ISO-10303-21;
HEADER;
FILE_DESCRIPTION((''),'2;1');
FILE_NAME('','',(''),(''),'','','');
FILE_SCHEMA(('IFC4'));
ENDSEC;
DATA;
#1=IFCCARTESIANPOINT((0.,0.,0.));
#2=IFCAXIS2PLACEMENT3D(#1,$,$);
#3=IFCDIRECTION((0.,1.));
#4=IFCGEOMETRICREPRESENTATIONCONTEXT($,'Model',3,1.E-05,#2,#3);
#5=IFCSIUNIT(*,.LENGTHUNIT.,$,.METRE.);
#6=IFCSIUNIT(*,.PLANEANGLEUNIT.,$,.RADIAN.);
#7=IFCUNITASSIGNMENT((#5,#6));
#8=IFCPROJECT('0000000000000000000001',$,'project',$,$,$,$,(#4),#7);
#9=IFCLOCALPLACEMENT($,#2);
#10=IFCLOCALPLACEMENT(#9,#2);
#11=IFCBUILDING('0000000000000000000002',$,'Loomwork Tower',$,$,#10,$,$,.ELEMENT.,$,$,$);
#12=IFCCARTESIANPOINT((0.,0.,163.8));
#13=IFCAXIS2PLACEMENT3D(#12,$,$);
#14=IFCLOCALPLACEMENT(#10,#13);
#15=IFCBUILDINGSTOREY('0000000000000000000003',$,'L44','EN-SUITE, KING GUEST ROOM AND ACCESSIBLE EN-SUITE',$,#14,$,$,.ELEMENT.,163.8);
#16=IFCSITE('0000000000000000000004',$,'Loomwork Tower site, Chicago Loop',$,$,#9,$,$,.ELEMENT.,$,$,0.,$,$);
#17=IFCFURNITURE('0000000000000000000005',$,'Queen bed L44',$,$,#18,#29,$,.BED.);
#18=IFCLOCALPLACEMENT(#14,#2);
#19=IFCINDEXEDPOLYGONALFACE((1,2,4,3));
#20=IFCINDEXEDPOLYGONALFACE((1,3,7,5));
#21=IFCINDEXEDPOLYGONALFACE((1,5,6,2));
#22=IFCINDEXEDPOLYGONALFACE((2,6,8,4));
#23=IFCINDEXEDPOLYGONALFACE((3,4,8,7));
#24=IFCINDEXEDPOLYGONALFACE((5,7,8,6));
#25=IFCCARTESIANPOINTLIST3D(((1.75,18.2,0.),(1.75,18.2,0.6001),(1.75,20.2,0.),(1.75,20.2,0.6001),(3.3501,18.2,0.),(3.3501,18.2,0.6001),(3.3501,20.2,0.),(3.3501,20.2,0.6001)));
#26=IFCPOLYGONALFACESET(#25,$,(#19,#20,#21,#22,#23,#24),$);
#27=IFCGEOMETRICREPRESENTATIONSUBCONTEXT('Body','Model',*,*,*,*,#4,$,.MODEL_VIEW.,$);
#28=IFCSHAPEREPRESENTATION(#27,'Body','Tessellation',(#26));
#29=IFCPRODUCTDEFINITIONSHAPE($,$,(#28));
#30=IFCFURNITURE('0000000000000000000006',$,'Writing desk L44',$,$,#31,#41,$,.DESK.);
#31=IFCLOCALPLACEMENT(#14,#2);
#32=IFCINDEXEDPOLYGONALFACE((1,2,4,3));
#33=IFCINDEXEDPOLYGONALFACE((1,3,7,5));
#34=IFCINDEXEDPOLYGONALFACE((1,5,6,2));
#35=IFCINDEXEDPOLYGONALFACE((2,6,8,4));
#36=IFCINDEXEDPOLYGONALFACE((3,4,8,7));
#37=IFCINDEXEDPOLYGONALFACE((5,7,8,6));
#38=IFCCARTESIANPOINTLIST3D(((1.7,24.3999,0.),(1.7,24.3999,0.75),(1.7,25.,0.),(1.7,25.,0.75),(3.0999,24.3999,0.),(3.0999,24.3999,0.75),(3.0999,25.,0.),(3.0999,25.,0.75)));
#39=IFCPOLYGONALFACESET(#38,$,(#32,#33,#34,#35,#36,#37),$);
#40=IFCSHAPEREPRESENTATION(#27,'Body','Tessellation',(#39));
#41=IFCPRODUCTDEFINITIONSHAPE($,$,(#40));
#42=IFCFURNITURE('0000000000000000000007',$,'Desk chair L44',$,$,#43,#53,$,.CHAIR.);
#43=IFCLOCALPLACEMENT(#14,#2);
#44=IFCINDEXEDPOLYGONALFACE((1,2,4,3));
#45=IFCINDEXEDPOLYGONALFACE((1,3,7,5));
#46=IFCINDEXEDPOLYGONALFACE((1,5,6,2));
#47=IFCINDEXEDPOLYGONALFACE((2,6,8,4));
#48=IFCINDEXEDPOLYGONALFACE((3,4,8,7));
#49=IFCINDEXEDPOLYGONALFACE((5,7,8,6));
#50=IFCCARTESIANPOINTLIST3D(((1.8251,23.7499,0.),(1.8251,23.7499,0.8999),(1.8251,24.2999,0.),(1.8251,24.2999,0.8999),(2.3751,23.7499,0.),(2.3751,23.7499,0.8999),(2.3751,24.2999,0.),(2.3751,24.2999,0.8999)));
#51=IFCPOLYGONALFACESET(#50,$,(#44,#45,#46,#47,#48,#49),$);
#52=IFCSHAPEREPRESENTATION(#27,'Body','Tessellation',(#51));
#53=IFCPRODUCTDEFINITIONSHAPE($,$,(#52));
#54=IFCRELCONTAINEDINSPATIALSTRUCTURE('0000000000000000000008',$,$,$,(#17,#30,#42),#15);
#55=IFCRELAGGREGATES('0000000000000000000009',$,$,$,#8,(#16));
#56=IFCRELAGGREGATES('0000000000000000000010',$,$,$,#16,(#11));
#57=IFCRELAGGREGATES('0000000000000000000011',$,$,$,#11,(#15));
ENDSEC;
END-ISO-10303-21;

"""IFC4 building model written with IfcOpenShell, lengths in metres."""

from ifc_helpers import new_model, si_unit, direction, frame, origin, origin_2d, place, context, subcontext, project, spatial, rectangle, extrude, element, save


model = new_model("IFC4")

# Units and contexts
model_context = context("Model", 3, precision=1e-05, world=origin(), true_north=direction((0.0, 1.0)))
body_context = subcontext(model_context, "Body", "Model", "MODEL_VIEW")
ifc_project = project(units=[si_unit("LENGTHUNIT", "METRE"), si_unit("PLANEANGLEUNIT", "RADIAN")], contexts=[model_context])

# Site, building, storey
site_placement = place(None, origin())
site = spatial("IfcSite", under=ifc_project, at=site_placement, Name="Loomwork Tower site, Chicago Loop", CompositionType="ELEMENT", RefElevation=0.0)
building_placement = place(site_placement, origin())
building = spatial("IfcBuilding", under=site, at=building_placement, Name="Loomwork Tower", CompositionType="ELEMENT")
storey_placement = place(building_placement, frame((0.0, 0.0, 163.8)))
storey = spatial("IfcBuildingStorey", under=building, at=storey_placement, Name="L44", Description="EN-SUITE, KING GUEST ROOM AND ACCESSIBLE EN-SUITE", CompositionType="ELEMENT", Elevation=163.8)

# Furniture
for number, where, z_axis, x_axis, name in (
    (1, (2.55, 19.2, 0.0), (0.0, 0.0, 1.0), (1.0, 0.0, 0.0), "Queen bed L44"),
):
    element("IfcFurniture", number, at=place(storey_placement, frame(where, z_axis=z_axis, x_axis=x_axis)), inside=storey, Name=name, PredefinedType="BED", context=body_context, shape_type="SweptSolid", body=[
        extrude(rectangle(XDim=1.6001, YDim=2.0, at=origin_2d()), origin(), (0.0, 0.0, 1.0), 0.6001),
    ])
furniture_1_placement = place(storey_placement, frame((2.3999, 24.7, 0.0), z_axis=(0.0, 0.0, 1.0), x_axis=(1.0, 0.0, 0.0)))
element("IfcFurniture", 2, at=furniture_1_placement, inside=storey, Name="Writing desk L44", PredefinedType="DESK", context=body_context, shape_type="SweptSolid", body=[
    extrude(rectangle(XDim=1.3999, YDim=0.6001, at=origin_2d()), origin(), (0.0, 0.0, 1.0), 0.75),
])
furniture_2_placement = place(storey_placement, frame((2.1001, 24.0249, 0.0), z_axis=(0.0, 0.0, 1.0), x_axis=(1.0, 0.0, 0.0)))
element("IfcFurniture", 3, at=furniture_2_placement, inside=storey, Name="Desk chair L44", PredefinedType="CHAIR", context=body_context, shape_type="SweptSolid", body=[
    extrude(rectangle(XDim=0.55, YDim=0.55, at=origin_2d()), origin(), (0.0, 0.0, 1.0), 0.8999),
])

save(model, "model.ifc")
